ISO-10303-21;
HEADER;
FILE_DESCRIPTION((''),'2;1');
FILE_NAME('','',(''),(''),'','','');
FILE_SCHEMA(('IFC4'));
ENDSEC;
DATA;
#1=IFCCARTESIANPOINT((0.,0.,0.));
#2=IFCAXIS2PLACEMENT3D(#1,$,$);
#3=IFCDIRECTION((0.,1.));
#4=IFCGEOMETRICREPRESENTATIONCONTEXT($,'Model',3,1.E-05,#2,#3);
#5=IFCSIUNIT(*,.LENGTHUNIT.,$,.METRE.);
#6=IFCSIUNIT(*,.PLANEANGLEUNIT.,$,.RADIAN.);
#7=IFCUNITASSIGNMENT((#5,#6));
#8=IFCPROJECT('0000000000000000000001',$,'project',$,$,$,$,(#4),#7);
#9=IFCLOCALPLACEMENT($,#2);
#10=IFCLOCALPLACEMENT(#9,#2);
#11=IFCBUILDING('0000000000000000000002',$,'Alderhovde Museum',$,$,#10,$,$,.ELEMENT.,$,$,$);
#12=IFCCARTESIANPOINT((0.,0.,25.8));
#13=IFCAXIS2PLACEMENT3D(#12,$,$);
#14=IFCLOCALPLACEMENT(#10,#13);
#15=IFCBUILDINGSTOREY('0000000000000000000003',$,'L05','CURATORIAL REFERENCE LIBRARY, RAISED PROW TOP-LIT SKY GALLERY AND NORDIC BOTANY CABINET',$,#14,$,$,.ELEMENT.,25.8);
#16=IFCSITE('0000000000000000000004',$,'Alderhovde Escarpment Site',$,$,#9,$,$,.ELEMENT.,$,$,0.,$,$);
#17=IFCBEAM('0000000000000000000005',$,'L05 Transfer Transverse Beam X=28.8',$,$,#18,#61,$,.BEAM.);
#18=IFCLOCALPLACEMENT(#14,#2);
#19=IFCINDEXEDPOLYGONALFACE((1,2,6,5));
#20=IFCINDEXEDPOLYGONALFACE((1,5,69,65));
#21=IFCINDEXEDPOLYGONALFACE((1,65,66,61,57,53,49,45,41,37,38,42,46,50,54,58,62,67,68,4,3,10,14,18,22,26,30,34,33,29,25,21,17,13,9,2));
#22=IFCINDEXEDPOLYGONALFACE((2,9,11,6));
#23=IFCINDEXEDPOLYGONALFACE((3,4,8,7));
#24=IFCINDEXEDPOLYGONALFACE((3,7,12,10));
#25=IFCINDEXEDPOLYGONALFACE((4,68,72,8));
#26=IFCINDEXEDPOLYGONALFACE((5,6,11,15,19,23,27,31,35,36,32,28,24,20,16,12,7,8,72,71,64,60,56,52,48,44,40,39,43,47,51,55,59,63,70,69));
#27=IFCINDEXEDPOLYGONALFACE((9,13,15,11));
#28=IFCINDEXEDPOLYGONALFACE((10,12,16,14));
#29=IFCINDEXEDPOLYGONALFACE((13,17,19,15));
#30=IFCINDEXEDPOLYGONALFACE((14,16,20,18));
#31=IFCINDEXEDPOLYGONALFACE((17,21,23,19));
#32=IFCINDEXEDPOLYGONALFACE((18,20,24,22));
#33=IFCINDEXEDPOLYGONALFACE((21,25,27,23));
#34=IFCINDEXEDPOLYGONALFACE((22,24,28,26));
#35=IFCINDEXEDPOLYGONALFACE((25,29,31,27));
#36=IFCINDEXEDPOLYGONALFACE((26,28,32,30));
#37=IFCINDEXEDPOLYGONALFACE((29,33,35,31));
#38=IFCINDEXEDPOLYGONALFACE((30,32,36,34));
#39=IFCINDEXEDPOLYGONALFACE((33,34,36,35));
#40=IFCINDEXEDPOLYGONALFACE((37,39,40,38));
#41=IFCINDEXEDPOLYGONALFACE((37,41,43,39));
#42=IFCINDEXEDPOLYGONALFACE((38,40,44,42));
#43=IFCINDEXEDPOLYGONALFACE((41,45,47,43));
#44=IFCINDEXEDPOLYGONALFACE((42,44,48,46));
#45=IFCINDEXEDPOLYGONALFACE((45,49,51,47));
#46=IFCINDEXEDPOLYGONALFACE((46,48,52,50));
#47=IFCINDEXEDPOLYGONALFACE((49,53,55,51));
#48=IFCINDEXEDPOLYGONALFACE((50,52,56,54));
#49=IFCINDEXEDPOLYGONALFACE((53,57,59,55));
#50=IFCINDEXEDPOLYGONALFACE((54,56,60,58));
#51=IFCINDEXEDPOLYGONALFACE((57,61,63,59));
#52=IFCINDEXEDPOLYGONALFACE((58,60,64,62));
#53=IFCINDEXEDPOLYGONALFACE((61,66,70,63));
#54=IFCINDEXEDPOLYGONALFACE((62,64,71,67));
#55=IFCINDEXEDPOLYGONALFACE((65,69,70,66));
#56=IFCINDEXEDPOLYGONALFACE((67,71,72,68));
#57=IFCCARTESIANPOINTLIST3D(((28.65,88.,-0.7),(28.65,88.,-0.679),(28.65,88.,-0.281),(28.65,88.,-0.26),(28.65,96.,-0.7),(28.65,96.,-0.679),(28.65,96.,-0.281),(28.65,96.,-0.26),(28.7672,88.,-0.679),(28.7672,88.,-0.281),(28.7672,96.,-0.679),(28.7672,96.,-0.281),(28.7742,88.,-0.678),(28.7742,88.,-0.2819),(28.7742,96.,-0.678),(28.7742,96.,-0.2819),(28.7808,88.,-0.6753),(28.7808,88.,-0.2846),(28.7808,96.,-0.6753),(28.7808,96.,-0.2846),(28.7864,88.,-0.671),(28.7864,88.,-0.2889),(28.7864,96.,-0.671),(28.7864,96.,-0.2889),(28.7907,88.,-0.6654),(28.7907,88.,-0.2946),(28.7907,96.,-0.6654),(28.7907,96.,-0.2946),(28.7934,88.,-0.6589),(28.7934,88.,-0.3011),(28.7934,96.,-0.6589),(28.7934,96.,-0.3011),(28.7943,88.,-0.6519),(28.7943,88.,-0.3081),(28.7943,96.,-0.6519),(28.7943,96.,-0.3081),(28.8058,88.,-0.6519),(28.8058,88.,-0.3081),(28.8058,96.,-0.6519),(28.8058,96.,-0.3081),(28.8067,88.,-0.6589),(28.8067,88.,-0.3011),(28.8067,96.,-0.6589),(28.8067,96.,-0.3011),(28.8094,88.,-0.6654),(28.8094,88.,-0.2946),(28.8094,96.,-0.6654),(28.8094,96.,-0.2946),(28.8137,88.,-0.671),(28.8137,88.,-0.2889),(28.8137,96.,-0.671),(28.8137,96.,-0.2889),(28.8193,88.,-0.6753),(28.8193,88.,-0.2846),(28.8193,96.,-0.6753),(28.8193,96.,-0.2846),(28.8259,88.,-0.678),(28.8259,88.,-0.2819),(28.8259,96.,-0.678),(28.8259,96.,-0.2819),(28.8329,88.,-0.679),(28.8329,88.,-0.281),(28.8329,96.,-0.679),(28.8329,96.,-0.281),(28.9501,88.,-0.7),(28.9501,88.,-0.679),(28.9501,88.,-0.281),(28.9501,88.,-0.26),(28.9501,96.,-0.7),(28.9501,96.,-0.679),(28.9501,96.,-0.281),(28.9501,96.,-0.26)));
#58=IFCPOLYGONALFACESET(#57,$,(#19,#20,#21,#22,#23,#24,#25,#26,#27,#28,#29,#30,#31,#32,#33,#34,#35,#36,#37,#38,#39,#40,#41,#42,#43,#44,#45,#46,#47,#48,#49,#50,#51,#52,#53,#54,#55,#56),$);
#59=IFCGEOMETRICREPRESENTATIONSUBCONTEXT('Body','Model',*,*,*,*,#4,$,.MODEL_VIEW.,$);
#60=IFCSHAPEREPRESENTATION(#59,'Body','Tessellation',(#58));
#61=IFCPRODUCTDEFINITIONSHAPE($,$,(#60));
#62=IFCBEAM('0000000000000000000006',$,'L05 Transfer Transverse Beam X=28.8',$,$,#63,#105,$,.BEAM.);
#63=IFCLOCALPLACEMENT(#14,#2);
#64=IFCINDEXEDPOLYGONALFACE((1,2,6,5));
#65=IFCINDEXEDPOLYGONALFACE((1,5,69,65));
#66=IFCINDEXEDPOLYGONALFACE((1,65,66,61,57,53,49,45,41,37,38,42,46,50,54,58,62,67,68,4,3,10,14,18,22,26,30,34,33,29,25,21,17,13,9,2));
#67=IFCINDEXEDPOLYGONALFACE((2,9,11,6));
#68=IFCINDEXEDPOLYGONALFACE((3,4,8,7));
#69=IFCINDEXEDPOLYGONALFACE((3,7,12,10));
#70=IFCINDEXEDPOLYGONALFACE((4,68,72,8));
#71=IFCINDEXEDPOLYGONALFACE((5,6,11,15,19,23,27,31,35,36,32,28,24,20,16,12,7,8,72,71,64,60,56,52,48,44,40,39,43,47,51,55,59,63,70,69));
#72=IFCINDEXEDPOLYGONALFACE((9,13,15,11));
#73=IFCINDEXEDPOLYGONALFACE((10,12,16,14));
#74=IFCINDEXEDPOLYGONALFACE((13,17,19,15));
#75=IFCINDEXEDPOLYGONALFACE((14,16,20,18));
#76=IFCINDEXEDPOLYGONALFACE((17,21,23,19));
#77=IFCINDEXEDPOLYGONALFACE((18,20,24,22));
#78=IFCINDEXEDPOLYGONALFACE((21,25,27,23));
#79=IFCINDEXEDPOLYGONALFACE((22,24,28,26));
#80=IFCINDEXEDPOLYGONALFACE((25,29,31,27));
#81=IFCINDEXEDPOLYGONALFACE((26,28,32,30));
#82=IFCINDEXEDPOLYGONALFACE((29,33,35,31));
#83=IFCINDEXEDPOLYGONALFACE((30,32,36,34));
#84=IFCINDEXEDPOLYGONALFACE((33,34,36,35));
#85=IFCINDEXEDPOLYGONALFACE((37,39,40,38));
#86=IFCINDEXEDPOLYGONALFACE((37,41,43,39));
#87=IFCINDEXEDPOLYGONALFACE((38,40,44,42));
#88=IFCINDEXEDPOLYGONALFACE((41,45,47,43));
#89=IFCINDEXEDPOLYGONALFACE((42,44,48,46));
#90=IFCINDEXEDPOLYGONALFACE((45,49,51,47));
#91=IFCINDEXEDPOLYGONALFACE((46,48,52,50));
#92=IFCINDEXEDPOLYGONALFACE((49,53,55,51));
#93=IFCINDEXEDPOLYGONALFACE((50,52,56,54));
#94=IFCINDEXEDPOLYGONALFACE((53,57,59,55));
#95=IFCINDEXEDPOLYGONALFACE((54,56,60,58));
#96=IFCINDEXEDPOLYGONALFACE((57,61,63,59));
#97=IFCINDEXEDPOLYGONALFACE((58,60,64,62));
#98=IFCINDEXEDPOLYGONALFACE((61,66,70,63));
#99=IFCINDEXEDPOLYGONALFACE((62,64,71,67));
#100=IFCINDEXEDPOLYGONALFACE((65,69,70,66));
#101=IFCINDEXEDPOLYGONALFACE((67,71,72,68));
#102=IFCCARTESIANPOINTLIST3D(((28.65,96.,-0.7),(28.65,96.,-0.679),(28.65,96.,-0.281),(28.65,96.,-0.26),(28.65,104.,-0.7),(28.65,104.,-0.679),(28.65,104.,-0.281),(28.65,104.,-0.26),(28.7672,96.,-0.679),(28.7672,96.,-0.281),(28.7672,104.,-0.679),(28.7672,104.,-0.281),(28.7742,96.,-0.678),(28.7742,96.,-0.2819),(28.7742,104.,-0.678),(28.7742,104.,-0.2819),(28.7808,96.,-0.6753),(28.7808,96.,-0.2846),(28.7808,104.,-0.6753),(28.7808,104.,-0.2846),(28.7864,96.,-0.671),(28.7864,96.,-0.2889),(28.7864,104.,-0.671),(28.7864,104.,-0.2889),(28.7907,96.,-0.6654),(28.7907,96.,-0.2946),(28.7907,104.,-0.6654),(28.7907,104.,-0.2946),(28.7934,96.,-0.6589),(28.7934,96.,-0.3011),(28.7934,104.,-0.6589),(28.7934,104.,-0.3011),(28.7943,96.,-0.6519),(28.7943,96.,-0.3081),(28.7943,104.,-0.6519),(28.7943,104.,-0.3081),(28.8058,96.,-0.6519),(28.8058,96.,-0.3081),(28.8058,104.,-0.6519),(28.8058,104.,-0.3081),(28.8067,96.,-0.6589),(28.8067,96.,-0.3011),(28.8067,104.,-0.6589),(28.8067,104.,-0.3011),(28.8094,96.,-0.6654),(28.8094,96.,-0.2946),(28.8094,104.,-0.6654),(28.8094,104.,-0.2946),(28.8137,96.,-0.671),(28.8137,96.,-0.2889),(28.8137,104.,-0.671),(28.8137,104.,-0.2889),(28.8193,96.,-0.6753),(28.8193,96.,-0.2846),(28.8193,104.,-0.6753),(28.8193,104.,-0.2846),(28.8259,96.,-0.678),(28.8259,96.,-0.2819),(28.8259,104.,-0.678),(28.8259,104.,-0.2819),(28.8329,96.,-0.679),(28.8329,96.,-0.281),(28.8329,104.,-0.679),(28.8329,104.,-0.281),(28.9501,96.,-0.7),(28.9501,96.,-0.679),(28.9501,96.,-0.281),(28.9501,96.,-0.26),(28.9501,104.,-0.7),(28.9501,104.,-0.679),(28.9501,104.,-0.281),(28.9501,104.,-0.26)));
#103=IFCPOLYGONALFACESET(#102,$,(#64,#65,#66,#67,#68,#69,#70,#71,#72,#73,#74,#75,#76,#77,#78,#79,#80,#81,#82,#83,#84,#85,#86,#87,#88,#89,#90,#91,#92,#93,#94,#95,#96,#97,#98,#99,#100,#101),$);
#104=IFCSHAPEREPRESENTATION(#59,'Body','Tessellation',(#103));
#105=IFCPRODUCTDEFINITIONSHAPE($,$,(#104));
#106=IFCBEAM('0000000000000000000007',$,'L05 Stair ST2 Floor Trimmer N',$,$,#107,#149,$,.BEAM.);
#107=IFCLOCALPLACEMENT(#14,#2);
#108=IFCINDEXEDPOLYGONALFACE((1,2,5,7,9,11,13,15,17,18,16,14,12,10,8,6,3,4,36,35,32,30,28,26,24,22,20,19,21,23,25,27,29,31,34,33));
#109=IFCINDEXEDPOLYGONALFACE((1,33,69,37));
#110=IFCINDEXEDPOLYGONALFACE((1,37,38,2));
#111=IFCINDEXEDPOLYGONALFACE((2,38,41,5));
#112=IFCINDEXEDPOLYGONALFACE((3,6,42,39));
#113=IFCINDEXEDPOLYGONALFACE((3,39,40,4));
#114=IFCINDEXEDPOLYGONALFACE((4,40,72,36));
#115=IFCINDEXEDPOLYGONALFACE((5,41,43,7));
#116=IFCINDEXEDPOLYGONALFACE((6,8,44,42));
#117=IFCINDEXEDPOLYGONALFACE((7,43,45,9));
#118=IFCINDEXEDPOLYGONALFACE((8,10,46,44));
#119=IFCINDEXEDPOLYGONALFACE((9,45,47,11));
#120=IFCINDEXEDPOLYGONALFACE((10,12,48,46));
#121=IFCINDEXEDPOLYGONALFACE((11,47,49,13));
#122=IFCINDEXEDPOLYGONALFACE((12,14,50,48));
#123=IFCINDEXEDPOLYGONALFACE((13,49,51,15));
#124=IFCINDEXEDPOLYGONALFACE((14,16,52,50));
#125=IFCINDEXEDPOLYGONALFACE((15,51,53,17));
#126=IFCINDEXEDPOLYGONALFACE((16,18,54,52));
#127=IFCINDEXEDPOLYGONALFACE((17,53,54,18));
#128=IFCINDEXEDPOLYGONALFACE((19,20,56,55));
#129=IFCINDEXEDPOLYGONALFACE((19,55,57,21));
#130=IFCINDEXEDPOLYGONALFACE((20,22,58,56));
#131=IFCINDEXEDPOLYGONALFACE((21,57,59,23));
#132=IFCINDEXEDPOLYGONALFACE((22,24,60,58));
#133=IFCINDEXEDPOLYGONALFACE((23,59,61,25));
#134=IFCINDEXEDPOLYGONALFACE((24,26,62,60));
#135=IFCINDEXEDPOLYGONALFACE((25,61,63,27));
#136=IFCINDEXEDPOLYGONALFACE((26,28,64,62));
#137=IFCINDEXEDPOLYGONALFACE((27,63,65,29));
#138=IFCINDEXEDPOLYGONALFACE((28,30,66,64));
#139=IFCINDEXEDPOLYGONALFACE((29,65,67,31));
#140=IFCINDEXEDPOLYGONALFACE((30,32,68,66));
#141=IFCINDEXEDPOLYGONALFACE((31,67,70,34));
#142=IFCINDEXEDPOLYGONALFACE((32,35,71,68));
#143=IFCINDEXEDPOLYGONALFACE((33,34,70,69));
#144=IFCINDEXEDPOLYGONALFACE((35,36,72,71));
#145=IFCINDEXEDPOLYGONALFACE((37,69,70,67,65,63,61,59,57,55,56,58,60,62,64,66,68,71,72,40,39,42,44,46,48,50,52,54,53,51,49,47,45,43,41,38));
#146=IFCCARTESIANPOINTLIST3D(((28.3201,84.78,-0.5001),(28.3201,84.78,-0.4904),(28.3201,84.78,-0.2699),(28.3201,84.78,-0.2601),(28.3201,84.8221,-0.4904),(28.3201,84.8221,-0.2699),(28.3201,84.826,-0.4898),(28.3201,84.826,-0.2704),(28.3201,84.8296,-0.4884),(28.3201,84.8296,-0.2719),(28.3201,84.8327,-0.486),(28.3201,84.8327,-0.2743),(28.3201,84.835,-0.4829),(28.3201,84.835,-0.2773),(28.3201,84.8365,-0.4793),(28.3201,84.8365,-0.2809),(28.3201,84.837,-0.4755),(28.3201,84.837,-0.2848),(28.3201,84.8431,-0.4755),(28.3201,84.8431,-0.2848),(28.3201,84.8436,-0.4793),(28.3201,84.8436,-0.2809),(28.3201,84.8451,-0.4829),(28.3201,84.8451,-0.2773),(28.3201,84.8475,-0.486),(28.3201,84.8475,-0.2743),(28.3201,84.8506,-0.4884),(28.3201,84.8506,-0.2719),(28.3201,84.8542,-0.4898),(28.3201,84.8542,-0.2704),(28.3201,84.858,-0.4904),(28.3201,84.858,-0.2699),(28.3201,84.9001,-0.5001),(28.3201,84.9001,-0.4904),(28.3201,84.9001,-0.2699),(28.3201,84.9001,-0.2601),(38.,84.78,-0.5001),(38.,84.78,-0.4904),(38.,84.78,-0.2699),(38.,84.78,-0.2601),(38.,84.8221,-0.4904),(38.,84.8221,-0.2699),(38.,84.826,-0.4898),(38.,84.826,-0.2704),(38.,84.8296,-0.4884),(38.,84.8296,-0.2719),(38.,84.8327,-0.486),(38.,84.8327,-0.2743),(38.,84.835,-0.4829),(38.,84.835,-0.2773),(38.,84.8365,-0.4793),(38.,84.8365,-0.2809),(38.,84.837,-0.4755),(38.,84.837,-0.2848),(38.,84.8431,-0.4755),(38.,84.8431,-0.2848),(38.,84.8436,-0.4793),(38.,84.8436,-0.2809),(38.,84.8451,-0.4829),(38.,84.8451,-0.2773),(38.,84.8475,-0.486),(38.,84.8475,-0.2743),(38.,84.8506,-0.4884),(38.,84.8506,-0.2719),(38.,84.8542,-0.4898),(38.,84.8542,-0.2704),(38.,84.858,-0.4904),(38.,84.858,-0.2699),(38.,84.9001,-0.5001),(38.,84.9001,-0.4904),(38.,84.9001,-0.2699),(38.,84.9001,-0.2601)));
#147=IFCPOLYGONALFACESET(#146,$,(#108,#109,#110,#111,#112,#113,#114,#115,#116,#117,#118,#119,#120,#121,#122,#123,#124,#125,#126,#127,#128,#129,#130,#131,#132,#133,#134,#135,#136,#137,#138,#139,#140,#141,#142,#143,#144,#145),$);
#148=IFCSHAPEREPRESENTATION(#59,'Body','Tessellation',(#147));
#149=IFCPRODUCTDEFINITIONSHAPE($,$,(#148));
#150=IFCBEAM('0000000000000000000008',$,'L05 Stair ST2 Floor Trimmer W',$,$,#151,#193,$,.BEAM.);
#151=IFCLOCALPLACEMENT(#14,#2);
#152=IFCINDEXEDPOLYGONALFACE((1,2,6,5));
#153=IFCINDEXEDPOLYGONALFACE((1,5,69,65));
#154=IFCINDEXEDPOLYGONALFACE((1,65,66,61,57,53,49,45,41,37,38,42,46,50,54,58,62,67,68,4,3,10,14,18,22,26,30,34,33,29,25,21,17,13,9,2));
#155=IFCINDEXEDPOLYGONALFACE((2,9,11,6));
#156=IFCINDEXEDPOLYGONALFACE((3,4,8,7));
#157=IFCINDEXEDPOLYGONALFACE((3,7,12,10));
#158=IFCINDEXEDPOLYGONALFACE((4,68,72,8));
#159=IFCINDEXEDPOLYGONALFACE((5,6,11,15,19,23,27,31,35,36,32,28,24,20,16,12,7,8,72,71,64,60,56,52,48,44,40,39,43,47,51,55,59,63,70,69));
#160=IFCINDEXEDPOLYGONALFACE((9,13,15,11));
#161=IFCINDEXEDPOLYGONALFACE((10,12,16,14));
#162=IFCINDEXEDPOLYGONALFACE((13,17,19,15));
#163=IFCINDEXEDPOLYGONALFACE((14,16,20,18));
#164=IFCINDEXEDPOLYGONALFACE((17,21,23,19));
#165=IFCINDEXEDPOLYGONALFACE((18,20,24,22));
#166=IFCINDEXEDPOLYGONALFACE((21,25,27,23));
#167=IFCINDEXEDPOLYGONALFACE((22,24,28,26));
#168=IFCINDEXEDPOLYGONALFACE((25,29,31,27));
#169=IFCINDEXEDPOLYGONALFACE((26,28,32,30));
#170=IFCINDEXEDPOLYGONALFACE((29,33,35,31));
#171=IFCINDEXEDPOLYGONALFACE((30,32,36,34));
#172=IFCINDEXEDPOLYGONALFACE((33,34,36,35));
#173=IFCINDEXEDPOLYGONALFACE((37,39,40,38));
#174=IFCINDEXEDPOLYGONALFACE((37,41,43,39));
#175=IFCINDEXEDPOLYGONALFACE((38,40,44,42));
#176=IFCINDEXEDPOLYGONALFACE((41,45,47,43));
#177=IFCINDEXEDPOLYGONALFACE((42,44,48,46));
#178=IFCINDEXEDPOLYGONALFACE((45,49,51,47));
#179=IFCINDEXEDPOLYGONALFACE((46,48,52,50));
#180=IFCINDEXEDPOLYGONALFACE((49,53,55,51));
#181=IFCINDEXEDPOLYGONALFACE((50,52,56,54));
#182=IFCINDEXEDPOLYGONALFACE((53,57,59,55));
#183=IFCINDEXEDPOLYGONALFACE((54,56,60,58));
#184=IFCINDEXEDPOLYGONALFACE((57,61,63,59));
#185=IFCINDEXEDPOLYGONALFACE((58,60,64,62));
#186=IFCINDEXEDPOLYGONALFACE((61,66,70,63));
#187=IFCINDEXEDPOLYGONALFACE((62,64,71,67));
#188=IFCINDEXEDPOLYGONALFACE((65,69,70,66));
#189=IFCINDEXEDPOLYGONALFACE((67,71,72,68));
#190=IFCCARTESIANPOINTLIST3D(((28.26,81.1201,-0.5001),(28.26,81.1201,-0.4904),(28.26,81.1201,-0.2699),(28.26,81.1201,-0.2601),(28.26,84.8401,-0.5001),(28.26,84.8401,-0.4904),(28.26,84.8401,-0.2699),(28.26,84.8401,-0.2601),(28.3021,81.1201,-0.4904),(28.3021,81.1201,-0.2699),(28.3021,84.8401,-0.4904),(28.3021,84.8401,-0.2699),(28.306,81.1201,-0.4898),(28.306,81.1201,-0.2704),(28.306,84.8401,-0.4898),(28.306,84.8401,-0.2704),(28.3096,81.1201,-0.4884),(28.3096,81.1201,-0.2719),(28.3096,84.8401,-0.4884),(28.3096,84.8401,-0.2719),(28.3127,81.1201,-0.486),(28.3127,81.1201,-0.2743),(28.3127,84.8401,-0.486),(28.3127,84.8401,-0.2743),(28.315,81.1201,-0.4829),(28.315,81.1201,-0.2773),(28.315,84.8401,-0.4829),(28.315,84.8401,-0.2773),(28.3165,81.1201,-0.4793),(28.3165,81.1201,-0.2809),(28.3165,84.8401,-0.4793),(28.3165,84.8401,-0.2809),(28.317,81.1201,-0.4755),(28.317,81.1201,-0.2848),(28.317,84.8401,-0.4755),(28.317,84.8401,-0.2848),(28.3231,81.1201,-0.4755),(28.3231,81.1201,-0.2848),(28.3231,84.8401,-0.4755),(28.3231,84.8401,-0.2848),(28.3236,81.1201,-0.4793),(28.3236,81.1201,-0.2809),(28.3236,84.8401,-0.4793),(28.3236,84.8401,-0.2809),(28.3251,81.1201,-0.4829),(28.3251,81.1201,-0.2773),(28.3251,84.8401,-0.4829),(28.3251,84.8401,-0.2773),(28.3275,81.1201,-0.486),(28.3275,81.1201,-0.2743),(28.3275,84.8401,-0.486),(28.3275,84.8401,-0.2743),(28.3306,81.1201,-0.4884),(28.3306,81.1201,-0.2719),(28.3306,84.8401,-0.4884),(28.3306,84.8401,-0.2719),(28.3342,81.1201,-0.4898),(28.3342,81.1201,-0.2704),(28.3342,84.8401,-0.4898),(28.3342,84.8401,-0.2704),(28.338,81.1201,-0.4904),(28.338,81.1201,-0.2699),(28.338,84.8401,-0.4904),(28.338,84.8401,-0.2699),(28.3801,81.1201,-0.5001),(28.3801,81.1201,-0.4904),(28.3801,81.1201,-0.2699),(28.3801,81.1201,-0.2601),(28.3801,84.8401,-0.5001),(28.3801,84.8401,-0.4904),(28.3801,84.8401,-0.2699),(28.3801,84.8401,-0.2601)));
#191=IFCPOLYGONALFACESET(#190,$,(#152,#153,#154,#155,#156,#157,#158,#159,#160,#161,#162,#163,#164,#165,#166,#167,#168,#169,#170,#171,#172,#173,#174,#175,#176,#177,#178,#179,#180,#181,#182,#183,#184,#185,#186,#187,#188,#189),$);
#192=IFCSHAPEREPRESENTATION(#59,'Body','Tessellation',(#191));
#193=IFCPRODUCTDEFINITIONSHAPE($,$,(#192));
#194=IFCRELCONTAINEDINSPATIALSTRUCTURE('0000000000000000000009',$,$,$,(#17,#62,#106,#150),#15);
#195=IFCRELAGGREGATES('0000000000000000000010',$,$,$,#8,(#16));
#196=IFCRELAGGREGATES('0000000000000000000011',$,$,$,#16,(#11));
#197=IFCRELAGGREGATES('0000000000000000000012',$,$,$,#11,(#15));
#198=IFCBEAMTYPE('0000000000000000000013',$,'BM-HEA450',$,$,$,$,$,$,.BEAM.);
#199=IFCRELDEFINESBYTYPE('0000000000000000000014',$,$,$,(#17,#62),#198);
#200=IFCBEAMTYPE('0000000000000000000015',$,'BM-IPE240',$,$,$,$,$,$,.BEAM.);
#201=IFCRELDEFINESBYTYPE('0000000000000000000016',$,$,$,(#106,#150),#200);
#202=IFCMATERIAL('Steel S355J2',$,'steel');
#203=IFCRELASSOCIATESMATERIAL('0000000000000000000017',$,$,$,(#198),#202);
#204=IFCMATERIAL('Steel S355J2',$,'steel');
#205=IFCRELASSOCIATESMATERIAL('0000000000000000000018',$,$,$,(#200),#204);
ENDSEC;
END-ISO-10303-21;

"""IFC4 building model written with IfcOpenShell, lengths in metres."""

from ifc_helpers import new_model, si_unit, direction, frame, origin, origin_2d, place, context, subcontext, project, spatial, i_section, extrude, material, material_profile, profile_set, type_object, element, save


model = new_model("IFC4")

# Units and contexts
model_context = context("Model", 3, precision=1e-05, world=origin(), true_north=direction((0.0, 1.0)))
body_context = subcontext(model_context, "Body", "Model", "MODEL_VIEW")
ifc_project = project(units=[si_unit("LENGTHUNIT", "METRE"), si_unit("PLANEANGLEUNIT", "RADIAN")], contexts=[model_context])

# Site, building, storey
site_placement = place(None, origin())
site = spatial("IfcSite", under=ifc_project, at=site_placement, Name="Alderhovde Escarpment Site", CompositionType="ELEMENT", RefElevation=0.0)
building_placement = place(site_placement, origin())
building = spatial("IfcBuilding", under=site, at=building_placement, Name="Alderhovde Museum", CompositionType="ELEMENT")
storey_placement = place(building_placement, frame((0.0, 0.0, 25.8)))
storey = spatial("IfcBuildingStorey", under=building, at=storey_placement, Name="L05", Description="CURATORIAL REFERENCE LIBRARY, RAISED PROW TOP-LIT SKY GALLERY AND NORDIC BOTANY CABINET", CompositionType="ELEMENT", Elevation=25.8)

# Beams
ifc_material_1 = material(Name="Steel S355J2", Category="steel")
ifc_material_profile_1 = material_profile(ifc_material_1, i_section(OverallWidth=0.3, OverallDepth=0.4399, WebThickness=0.0115, FlangeThickness=0.021, FilletRadius=0.0271, at=origin_2d()), Name="HEA 450")
ifc_profile_set_1 = profile_set([ifc_material_profile_1], Name="Steel S355J2")
beam_type_1 = type_object("IfcBeamType", Name="BM-HEA450", PredefinedType="BEAM", material=ifc_profile_set_1)
for number, where, z_axis, x_axis, name in (
    (1, (28.8, 88.0, -0.48), (0.0, 1.0, 0.0), (-1.0, 0.0, 0.0), "L05 Transfer Transverse Beam X=28.8"),
    (2, (28.8, 96.0, -0.48), (0.0, 1.0, 0.0), (-1.0, 0.0, 0.0), "L05 Transfer Transverse Beam X=28.8"),
):
    element("IfcBeam", number, at=place(storey_placement, frame(where, z_axis=z_axis, x_axis=x_axis)), inside=storey, type_object=beam_type_1, Name=name, PredefinedType="BEAM", context=body_context, shape_type="SweptSolid", body=[
        extrude(i_section(OverallWidth=0.3, OverallDepth=0.4399, WebThickness=0.0115, FlangeThickness=0.021, FilletRadius=0.0271, at=origin_2d()), origin(), (0.0, 0.0, 1.0), 8.0),
    ])
ifc_material_2 = material(Name="Steel S355J2", Category="steel")
ifc_material_profile_2 = material_profile(ifc_material_2, i_section(OverallWidth=0.1201, OverallDepth=0.24, WebThickness=0.0061, FlangeThickness=0.0098, FilletRadius=0.0149, at=origin_2d()), Name="IPE 240")
ifc_profile_set_2 = profile_set([ifc_material_profile_2], Name="Steel S355J2")
beam_type_2 = type_object("IfcBeamType", Name="BM-IPE240", PredefinedType="BEAM", material=ifc_profile_set_2)
beam_1_placement = place(storey_placement, frame((28.3201, 84.8401, -0.3801), z_axis=(1.0, 0.0, 0.0), x_axis=(0.0, 1.0, 0.0)))
element("IfcBeam", 3, at=beam_1_placement, inside=storey, type_object=beam_type_2, Name="L05 Stair ST2 Floor Trimmer N", PredefinedType="BEAM", context=body_context, shape_type="SweptSolid", body=[
    extrude(i_section(OverallWidth=0.1201, OverallDepth=0.24, WebThickness=0.0061, FlangeThickness=0.0098, FilletRadius=0.0149, at=origin_2d()), origin(), (0.0, 0.0, 1.0), 9.6799),
])
for number, where, z_axis, x_axis, name in (
    (4, (28.3201, 81.1201, -0.3801), (0.0, 1.0, 0.0), (-1.0, 0.0, 0.0), "L05 Stair ST2 Floor Trimmer W"),
):
    element("IfcBeam", number, at=place(storey_placement, frame(where, z_axis=z_axis, x_axis=x_axis)), inside=storey, type_object=beam_type_2, Name=name, PredefinedType="BEAM", context=body_context, shape_type="SweptSolid", body=[
        extrude(i_section(OverallWidth=0.1201, OverallDepth=0.24, WebThickness=0.0061, FlangeThickness=0.0098, FilletRadius=0.0149, at=origin_2d()), origin(), (0.0, 0.0, 1.0), 3.72),
    ])

save(model, "model.ifc")
